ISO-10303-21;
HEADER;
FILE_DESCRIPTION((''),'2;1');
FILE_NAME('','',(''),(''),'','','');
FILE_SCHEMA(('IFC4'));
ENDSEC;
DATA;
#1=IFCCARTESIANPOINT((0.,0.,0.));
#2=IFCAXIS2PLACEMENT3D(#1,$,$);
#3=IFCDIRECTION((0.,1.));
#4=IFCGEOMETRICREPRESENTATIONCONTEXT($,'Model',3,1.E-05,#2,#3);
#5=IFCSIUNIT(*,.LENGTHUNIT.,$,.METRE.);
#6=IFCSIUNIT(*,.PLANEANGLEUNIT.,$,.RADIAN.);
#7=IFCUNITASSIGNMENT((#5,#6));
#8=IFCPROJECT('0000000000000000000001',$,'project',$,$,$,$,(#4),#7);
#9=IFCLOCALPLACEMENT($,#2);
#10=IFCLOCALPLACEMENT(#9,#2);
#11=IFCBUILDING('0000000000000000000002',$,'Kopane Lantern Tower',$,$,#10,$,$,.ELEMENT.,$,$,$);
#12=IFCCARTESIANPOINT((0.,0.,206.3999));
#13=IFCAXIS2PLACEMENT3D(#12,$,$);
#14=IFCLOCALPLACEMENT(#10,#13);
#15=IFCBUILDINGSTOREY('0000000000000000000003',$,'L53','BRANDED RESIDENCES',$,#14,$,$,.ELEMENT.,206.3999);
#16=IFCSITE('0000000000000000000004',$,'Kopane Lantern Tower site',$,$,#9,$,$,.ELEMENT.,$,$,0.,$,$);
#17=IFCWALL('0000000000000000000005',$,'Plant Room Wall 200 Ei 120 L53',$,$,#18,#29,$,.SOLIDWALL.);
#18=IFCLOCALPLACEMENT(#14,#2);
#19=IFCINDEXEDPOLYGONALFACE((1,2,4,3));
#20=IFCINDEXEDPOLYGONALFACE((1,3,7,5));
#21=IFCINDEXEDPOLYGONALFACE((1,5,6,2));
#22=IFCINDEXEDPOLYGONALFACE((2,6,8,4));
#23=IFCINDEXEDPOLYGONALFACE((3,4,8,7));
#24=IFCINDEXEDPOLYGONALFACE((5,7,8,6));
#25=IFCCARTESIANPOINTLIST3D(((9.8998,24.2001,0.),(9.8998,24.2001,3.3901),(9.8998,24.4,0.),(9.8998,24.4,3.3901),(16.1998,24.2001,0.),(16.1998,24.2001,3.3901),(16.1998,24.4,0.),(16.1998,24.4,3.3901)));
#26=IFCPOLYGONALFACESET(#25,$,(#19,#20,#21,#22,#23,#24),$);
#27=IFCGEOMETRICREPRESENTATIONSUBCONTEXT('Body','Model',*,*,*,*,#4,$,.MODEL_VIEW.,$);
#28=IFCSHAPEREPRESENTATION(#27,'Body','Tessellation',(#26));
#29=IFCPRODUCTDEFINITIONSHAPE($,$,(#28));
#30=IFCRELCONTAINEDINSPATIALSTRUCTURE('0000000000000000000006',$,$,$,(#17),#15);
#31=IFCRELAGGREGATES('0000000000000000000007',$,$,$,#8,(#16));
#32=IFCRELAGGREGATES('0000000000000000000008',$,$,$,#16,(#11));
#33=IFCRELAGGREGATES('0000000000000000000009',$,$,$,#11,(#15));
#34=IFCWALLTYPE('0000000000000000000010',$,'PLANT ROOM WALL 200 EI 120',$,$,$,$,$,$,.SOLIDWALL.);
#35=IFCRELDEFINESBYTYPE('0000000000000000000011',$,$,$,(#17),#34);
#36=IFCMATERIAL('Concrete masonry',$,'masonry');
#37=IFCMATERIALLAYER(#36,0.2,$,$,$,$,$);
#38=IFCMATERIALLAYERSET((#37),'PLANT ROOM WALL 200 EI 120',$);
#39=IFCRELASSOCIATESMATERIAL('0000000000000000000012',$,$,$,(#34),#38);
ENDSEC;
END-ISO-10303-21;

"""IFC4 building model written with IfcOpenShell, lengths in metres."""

from ifc_helpers import new_model, si_unit, direction, frame, frame_2d, origin, place, context, subcontext, project, spatial, rectangle, extrude, material, layer, layer_set, type_object, element, save


model = new_model("IFC4")

# Units and contexts
model_context = context("Model", 3, precision=1e-05, world=origin(), true_north=direction((0.0, 1.0)))
body_context = subcontext(model_context, "Body", "Model", "MODEL_VIEW")
ifc_project = project(units=[si_unit("LENGTHUNIT", "METRE"), si_unit("PLANEANGLEUNIT", "RADIAN")], contexts=[model_context])

# Site, building, storey
site_placement = place(None, origin())
site = spatial("IfcSite", under=ifc_project, at=site_placement, Name="Kopane Lantern Tower site", CompositionType="ELEMENT", RefElevation=0.0)
building_placement = place(site_placement, origin())
building = spatial("IfcBuilding", under=site, at=building_placement, Name="Kopane Lantern Tower", CompositionType="ELEMENT")
storey_placement = place(building_placement, frame((0.0, 0.0, 206.3999)))
storey = spatial("IfcBuildingStorey", under=building, at=storey_placement, Name="L53", Description="BRANDED RESIDENCES", CompositionType="ELEMENT", Elevation=206.3999)

# Wall
ifc_material_1 = material(Name="Concrete masonry", Category="masonry")
ifc_layer_1 = layer(ifc_material_1, 0.2)
ifc_layer_set_1 = layer_set([ifc_layer_1], Name="PLANT ROOM WALL 200 EI 120")
wall_type_1 = type_object("IfcWallType", Name="PLANT ROOM WALL 200 EI 120", PredefinedType="SOLIDWALL", material=ifc_layer_set_1)
wall_1_placement = place(storey_placement, frame((9.8999, 24.3, 0.0), z_axis=(0.0, 0.0, 1.0), x_axis=(1.0, 0.0, 0.0)))
element("IfcWall", 1, at=wall_1_placement, inside=storey, type_object=wall_type_1, Name="Plant Room Wall 200 Ei 120 L53", PredefinedType="SOLIDWALL", context=body_context, shape_type="SweptSolid", body=[
    extrude(rectangle(XDim=6.3, YDim=0.2, at=frame_2d((3.1499, 0.0))), origin(), (0.0, 0.0, 1.0), 3.3901),
])

save(model, "model.ifc")
